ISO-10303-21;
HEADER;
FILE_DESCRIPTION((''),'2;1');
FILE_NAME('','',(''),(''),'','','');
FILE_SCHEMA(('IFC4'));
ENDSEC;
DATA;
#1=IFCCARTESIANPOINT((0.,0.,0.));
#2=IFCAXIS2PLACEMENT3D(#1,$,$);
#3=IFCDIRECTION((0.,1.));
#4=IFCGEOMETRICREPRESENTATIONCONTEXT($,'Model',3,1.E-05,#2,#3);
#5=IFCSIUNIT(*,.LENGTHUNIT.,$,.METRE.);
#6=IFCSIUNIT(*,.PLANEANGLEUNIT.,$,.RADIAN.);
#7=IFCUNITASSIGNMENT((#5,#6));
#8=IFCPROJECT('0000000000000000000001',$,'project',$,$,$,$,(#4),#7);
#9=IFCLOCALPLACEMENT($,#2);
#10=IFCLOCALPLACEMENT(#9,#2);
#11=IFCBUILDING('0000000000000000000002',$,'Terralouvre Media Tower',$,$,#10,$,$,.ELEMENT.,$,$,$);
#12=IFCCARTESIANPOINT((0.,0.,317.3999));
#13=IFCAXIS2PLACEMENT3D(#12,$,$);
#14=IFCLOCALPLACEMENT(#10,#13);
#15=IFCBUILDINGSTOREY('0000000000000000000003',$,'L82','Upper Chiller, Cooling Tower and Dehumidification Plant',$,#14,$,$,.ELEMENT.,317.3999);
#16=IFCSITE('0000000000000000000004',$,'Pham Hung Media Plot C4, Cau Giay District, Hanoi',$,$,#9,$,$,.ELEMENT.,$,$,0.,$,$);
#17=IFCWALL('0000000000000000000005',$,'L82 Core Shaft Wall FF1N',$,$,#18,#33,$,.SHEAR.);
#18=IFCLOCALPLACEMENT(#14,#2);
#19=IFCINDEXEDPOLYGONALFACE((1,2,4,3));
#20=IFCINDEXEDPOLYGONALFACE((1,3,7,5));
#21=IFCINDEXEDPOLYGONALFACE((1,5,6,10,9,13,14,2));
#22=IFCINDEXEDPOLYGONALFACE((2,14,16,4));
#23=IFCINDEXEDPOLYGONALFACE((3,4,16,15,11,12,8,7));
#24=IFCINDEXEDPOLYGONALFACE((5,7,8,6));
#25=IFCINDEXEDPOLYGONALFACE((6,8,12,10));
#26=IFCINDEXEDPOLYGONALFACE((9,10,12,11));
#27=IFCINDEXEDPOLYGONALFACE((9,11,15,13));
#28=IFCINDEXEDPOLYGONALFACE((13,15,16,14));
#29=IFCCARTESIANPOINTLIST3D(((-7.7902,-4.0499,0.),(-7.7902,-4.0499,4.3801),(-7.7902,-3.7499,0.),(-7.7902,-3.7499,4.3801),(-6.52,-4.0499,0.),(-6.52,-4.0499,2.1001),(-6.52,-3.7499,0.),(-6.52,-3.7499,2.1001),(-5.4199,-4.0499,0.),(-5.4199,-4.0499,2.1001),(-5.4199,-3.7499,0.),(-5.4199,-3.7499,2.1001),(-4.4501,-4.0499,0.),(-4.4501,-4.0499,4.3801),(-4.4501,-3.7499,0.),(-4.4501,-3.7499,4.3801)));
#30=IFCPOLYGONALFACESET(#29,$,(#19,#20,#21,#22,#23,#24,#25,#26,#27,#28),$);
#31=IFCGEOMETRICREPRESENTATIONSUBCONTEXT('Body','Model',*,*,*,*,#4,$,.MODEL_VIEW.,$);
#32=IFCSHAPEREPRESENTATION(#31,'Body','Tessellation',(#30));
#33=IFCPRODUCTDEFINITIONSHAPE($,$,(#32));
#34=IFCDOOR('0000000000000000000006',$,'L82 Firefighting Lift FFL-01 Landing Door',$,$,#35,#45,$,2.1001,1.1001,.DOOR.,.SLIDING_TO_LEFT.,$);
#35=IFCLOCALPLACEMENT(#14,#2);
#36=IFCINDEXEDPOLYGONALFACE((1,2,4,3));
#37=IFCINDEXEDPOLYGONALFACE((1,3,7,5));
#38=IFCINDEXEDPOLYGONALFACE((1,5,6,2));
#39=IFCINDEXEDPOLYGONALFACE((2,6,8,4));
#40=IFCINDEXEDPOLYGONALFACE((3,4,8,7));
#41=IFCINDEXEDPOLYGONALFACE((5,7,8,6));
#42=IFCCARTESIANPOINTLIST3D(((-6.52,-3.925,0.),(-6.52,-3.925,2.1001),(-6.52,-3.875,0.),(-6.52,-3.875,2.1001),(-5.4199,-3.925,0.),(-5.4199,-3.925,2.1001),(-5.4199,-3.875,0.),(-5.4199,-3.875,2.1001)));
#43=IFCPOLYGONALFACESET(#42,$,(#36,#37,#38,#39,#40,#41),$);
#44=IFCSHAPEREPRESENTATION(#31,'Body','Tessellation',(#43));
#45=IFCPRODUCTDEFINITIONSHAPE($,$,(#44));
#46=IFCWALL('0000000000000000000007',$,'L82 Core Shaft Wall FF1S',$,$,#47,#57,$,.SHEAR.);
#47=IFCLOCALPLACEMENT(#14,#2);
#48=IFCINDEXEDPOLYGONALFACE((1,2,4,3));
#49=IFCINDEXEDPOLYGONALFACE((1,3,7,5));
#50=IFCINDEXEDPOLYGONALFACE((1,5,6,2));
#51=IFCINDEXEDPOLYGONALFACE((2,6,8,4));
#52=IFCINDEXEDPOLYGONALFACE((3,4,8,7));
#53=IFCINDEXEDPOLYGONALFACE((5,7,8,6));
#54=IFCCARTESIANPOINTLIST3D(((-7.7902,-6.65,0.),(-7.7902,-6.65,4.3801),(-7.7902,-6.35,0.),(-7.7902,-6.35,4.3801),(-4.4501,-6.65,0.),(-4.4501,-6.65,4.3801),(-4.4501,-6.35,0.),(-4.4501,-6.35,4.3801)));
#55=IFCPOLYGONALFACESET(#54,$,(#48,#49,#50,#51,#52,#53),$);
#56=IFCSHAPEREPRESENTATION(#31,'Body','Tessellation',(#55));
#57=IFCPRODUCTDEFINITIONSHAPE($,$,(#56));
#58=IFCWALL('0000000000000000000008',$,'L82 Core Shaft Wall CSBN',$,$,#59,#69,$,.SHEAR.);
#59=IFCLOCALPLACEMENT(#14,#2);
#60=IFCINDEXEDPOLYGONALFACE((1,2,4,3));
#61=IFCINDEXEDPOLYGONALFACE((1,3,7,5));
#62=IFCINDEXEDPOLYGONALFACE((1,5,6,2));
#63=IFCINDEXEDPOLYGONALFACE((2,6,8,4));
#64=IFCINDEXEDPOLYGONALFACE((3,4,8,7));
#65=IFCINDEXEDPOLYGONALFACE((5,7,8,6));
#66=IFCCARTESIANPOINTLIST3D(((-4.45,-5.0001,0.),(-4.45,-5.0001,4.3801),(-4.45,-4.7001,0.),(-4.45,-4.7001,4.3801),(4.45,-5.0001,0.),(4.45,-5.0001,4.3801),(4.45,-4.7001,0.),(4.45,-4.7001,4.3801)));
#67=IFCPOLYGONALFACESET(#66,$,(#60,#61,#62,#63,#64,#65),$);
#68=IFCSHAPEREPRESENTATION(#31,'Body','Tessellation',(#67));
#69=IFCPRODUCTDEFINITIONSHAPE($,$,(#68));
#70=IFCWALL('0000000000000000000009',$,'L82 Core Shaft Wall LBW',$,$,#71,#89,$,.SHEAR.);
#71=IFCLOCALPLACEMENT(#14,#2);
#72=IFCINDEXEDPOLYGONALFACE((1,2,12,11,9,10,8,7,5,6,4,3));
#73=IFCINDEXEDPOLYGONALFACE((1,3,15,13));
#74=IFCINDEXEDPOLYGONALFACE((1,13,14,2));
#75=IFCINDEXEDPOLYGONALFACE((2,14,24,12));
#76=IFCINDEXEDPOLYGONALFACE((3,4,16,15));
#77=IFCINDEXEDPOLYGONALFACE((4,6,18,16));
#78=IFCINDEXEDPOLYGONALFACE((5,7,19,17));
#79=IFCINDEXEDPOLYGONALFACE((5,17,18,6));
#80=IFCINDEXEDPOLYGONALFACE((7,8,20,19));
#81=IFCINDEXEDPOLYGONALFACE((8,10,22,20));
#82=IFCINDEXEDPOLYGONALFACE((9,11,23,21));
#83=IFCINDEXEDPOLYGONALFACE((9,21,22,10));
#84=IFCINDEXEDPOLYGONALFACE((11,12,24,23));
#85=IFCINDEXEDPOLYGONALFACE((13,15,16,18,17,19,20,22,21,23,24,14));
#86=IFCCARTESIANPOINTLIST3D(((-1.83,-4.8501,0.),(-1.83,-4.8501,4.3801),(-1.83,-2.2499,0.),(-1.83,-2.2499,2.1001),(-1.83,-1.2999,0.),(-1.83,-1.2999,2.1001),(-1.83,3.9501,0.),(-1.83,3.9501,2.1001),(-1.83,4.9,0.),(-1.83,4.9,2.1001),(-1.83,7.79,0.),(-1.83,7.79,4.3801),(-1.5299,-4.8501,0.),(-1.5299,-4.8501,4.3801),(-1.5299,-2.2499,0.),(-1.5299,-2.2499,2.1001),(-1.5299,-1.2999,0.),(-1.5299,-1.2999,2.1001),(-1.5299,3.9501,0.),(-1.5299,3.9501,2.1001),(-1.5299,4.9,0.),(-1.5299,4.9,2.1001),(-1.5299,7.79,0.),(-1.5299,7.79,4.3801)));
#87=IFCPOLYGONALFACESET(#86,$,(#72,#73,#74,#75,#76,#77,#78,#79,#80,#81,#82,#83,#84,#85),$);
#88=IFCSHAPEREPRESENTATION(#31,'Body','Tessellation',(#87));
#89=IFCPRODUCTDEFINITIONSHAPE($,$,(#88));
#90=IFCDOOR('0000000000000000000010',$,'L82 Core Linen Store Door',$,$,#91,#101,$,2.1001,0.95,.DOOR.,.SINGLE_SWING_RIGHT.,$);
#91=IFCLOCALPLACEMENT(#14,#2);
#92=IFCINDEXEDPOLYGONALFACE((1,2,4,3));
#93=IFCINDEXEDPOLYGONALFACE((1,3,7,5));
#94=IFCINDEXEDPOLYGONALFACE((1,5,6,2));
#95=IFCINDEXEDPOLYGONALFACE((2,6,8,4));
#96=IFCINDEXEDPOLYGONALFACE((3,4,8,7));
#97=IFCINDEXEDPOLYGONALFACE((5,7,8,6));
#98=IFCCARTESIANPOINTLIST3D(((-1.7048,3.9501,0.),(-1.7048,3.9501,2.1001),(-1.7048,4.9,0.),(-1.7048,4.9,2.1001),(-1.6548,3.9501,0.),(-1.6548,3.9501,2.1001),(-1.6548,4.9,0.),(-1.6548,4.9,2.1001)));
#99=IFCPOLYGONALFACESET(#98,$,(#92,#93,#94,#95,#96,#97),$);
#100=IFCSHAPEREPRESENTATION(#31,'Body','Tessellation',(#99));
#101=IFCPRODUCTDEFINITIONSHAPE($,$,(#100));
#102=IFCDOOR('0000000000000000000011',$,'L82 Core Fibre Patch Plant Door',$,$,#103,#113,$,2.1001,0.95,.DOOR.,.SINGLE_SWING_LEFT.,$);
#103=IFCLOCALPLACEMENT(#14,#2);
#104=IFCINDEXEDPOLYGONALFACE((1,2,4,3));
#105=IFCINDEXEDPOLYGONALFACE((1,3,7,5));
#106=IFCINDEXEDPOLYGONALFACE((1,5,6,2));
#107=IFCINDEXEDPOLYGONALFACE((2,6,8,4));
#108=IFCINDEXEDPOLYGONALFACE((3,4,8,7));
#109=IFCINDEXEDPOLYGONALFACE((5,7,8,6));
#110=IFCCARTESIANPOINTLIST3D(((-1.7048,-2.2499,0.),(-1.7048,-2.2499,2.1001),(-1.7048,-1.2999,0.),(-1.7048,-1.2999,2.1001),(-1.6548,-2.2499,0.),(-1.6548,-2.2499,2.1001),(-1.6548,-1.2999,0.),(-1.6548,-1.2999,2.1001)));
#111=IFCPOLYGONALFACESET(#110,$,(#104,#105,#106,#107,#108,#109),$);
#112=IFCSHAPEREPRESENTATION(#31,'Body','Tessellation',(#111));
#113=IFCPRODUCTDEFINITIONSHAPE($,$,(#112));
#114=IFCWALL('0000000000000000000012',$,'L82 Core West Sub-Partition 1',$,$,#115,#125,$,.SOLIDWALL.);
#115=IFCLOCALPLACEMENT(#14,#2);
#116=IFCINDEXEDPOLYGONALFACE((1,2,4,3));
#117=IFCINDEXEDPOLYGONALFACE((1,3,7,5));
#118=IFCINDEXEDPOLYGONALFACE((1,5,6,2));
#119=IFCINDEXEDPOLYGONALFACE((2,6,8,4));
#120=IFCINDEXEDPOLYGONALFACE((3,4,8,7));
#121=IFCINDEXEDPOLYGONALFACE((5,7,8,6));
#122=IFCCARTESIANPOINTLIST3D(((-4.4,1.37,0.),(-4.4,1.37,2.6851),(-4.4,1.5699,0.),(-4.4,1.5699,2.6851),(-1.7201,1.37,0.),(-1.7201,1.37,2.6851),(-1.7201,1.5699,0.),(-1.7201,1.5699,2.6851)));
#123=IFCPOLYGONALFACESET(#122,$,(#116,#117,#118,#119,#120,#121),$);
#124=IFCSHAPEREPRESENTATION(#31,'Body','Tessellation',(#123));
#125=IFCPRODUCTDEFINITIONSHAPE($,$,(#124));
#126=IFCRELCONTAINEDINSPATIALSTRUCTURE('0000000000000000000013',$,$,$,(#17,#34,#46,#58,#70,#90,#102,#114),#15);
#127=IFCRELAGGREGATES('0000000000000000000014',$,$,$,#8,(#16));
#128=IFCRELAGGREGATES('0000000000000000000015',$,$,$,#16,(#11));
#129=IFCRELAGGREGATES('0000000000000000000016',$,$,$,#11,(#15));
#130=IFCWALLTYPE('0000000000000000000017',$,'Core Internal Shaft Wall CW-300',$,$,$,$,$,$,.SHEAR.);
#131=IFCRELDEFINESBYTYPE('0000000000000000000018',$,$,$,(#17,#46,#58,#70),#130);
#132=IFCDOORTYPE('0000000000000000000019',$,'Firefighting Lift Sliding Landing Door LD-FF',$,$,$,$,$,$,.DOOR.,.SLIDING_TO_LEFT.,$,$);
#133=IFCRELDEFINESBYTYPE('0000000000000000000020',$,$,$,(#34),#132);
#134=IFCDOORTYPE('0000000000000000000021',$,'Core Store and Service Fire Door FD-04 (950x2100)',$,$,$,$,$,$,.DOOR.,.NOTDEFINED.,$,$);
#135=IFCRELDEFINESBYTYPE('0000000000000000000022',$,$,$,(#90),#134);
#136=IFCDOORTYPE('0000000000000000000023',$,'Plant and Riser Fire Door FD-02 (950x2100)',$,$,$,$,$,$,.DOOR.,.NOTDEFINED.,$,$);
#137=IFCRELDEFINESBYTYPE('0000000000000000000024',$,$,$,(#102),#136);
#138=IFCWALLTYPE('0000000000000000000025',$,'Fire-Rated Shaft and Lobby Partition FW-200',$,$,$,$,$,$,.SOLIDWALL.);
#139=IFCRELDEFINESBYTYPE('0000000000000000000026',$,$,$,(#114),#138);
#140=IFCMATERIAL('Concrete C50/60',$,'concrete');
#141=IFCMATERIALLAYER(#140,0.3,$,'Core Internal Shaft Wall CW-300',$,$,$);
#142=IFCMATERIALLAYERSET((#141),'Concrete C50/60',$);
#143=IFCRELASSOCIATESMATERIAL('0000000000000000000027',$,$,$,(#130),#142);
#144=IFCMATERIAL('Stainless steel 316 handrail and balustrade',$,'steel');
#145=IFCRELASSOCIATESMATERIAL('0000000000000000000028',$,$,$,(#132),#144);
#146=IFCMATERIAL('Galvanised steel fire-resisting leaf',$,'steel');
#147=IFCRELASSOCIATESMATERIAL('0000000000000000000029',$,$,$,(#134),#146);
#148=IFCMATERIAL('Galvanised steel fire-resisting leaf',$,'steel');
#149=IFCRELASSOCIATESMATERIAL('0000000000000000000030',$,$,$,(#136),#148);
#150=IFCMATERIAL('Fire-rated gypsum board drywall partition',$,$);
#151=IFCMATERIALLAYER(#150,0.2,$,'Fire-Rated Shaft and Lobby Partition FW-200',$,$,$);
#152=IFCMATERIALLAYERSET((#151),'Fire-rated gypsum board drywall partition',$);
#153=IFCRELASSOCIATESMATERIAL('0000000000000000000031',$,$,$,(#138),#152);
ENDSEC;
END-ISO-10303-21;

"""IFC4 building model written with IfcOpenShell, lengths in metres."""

from ifc_helpers import new_model, si_unit, direction, frame, frame_2d, origin, place, context, subcontext, project, spatial, rectangle, extrude, material, layer, layer_set, type_object, element, fill, save


model = new_model("IFC4")

# Units and contexts
model_context = context("Model", 3, precision=1e-05, world=origin(), true_north=direction((0.0, 1.0)))
body_context = subcontext(model_context, "Body", "Model", "MODEL_VIEW")
ifc_project = project(units=[si_unit("LENGTHUNIT", "METRE"), si_unit("PLANEANGLEUNIT", "RADIAN")], contexts=[model_context])

# Site, building, storey
site_placement = place(None, origin())
site = spatial("IfcSite", under=ifc_project, at=site_placement, Name="Pham Hung Media Plot C4, Cau Giay District, Hanoi", CompositionType="ELEMENT", RefElevation=0.0)
building_placement = place(site_placement, origin())
building = spatial("IfcBuilding", under=site, at=building_placement, Name="Terralouvre Media Tower", CompositionType="ELEMENT")
storey_placement = place(building_placement, frame((0.0, 0.0, 317.3999)))
storey = spatial("IfcBuildingStorey", under=building, at=storey_placement, Name="L82", Description="Upper Chiller, Cooling Tower and Dehumidification Plant", CompositionType="ELEMENT", Elevation=317.3999)

# Shared definitions
ifc_material_1 = material(Name="Concrete C50/60", Category="concrete")
ifc_layer_1 = layer(ifc_material_1, 0.3, Name="Core Internal Shaft Wall CW-300")
ifc_layer_set_1 = layer_set([ifc_layer_1], Name="Concrete C50/60")
wall_type_1 = type_object("IfcWallType", Name="Core Internal Shaft Wall CW-300", PredefinedType="SHEAR", material=ifc_layer_set_1)

# Wall, opening, door
wall_1_placement = place(storey_placement, frame((-7.79, -3.8999, 0.0), z_axis=(0.0, 0.0, 1.0), x_axis=(1.0, 0.0, 0.0)))
wall_1 = element("IfcWall", 1, at=wall_1_placement, inside=storey, type_object=wall_type_1, Name="L82 Core Shaft Wall FF1N", PredefinedType="SHEAR", context=body_context, shape_type="SweptSolid", body=[
    extrude(rectangle(XDim=3.3401, YDim=0.3, at=frame_2d((1.6699, 0.0))), origin(), (0.0, 0.0, 1.0), 4.3801),
])
opening_1_placement = place(wall_1_placement, frame((1.27, 0.0, 0.0)))
opening_1 = element("IfcOpeningElement", 2, at=opening_1_placement, cuts=wall_1, PredefinedType="OPENING", context=body_context, shape_type="SweptSolid", body=[
    extrude(rectangle(XDim=1.1001, YDim=2.1001, at=frame_2d((0.55, 1.05))), frame((0.0, 0.1599, 0.0), z_axis=(0.0, -1.0, 0.0), x_axis=(1.0, 0.0, 0.0)), (0.0, 0.0, 1.0), 0.3201),
])
ifc_material_2 = material(Name="Stainless steel 316 handrail and balustrade", Category="steel")
door_type_1 = type_object("IfcDoorType", Name="Firefighting Lift Sliding Landing Door LD-FF", OperationType="SLIDING_TO_LEFT", PredefinedType="DOOR", material=ifc_material_2)
door_1_placement = place(opening_1_placement, origin())
door_1 = element("IfcDoor", 3, at=door_1_placement, inside=storey, type_object=door_type_1, Name="L82 Firefighting Lift FFL-01 Landing Door", OperationType="SLIDING_TO_LEFT", OverallHeight=2.1001, OverallWidth=1.1001, PredefinedType="DOOR", context=body_context, shape_type="SweptSolid", body=[
    extrude(rectangle(XDim=1.1001, YDim=2.1001, at=frame_2d((0.55, 1.05))), frame((0.0, 0.0249, 0.0), z_axis=(0.0, -1.0, 0.0), x_axis=(1.0, 0.0, 0.0)), (0.0, 0.0, 1.0), 0.05),
])
fill(opening_1, door_1)

# Walls
wall_2_placement = place(storey_placement, frame((-7.79, -6.5, 0.0), z_axis=(0.0, 0.0, 1.0), x_axis=(1.0, 0.0, 0.0)))
element("IfcWall", 4, at=wall_2_placement, inside=storey, type_object=wall_type_1, Name="L82 Core Shaft Wall FF1S", PredefinedType="SHEAR", context=body_context, shape_type="SweptSolid", body=[
    extrude(rectangle(XDim=3.3401, YDim=0.3, at=frame_2d((1.6699, 0.0))), origin(), (0.0, 0.0, 1.0), 4.3801),
])
wall_3_placement = place(storey_placement, frame((-4.45, -4.8501, 0.0), z_axis=(0.0, 0.0, 1.0), x_axis=(1.0, 0.0, 0.0)))
element("IfcWall", 5, at=wall_3_placement, inside=storey, type_object=wall_type_1, Name="L82 Core Shaft Wall CSBN", PredefinedType="SHEAR", context=body_context, shape_type="SweptSolid", body=[
    extrude(rectangle(XDim=8.8999, YDim=0.3, at=frame_2d((4.45, 0.0))), origin(), (0.0, 0.0, 1.0), 4.3801),
])

# Wall, openings, doors
wall_4_placement = place(storey_placement, frame((-1.6799, -4.8501, 0.0), z_axis=(0.0, 0.0, 1.0), x_axis=(0.0, 1.0, 0.0)))
wall_4 = element("IfcWall", 6, at=wall_4_placement, inside=storey, type_object=wall_type_1, Name="L82 Core Shaft Wall LBW", PredefinedType="SHEAR", context=body_context, shape_type="SweptSolid", body=[
    extrude(rectangle(XDim=12.6401, YDim=0.3, at=frame_2d((6.3201, 0.0))), origin(), (0.0, 0.0, 1.0), 4.3801),
])
opening_2_placement = place(wall_4_placement, frame((2.6001, 0.0, 0.0)))
opening_2 = element("IfcOpeningElement", 7, at=opening_2_placement, cuts=wall_4, PredefinedType="OPENING", context=body_context, shape_type="SweptSolid", body=[
    extrude(rectangle(XDim=0.95, YDim=2.1001, at=frame_2d((0.4751, 1.05))), frame((0.0, 0.1599, 0.0), z_axis=(0.0, -1.0, 0.0), x_axis=(1.0, 0.0, 0.0)), (0.0, 0.0, 1.0), 0.3201),
])
opening_3_placement = place(wall_4_placement, frame((8.8, 0.0, 0.0)))
opening_3 = element("IfcOpeningElement", 8, at=opening_3_placement, cuts=wall_4, PredefinedType="OPENING", context=body_context, shape_type="SweptSolid", body=[
    extrude(rectangle(XDim=0.95, YDim=2.1001, at=frame_2d((0.4751, 1.05))), frame((0.0, 0.1599, 0.0), z_axis=(0.0, -1.0, 0.0), x_axis=(1.0, 0.0, 0.0)), (0.0, 0.0, 1.0), 0.3201),
])
ifc_material_3 = material(Name="Galvanised steel fire-resisting leaf", Category="steel")
door_type_2 = type_object("IfcDoorType", Name="Core Store and Service Fire Door FD-04 (950x2100)", OperationType="NOTDEFINED", PredefinedType="DOOR", material=ifc_material_3)
door_2_placement = place(opening_3_placement, origin())
door_2 = element("IfcDoor", 9, at=door_2_placement, inside=storey, type_object=door_type_2, Name="L82 Core Linen Store Door", OperationType="SINGLE_SWING_RIGHT", OverallHeight=2.1001, OverallWidth=0.95, PredefinedType="DOOR", context=body_context, shape_type="SweptSolid", body=[
    extrude(rectangle(XDim=0.95, YDim=2.1001, at=frame_2d((0.4751, 1.05))), frame((0.0, 0.0249, 0.0), z_axis=(0.0, -1.0, 0.0), x_axis=(1.0, 0.0, 0.0)), (0.0, 0.0, 1.0), 0.05),
])
fill(opening_3, door_2)
ifc_material_4 = material(Name="Galvanised steel fire-resisting leaf", Category="steel")
door_type_3 = type_object("IfcDoorType", Name="Plant and Riser Fire Door FD-02 (950x2100)", OperationType="NOTDEFINED", PredefinedType="DOOR", material=ifc_material_4)
door_3_placement = place(opening_2_placement, origin())
door_3 = element("IfcDoor", 10, at=door_3_placement, inside=storey, type_object=door_type_3, Name="L82 Core Fibre Patch Plant Door", OperationType="SINGLE_SWING_LEFT", OverallHeight=2.1001, OverallWidth=0.95, PredefinedType="DOOR", context=body_context, shape_type="SweptSolid", body=[
    extrude(rectangle(XDim=0.95, YDim=2.1001, at=frame_2d((0.4751, 1.05))), frame((0.0, 0.0249, 0.0), z_axis=(0.0, -1.0, 0.0), x_axis=(1.0, 0.0, 0.0)), (0.0, 0.0, 1.0), 0.05),
])
fill(opening_2, door_3)

# Wall
ifc_material_5 = material(Name="Fire-rated gypsum board drywall partition")
ifc_layer_2 = layer(ifc_material_5, 0.2, Name="Fire-Rated Shaft and Lobby Partition FW-200")
ifc_layer_set_2 = layer_set([ifc_layer_2], Name="Fire-rated gypsum board drywall partition")
wall_type_2 = type_object("IfcWallType", Name="Fire-Rated Shaft and Lobby Partition FW-200", PredefinedType="SOLIDWALL", material=ifc_layer_set_2)
wall_5_placement = place(storey_placement, frame((-4.3999, 1.47, 0.0), z_axis=(0.0, 0.0, 1.0), x_axis=(1.0, 0.0, 0.0)))
element("IfcWall", 11, at=wall_5_placement, inside=storey, type_object=wall_type_2, Name="L82 Core West Sub-Partition 1", PredefinedType="SOLIDWALL", context=body_context, shape_type="SweptSolid", body=[
    extrude(rectangle(XDim=2.6799, YDim=0.2, at=frame_2d((1.3398, 0.0))), origin(), (0.0, 0.0, 1.0), 2.6851),
])

save(model, "model.ifc")
